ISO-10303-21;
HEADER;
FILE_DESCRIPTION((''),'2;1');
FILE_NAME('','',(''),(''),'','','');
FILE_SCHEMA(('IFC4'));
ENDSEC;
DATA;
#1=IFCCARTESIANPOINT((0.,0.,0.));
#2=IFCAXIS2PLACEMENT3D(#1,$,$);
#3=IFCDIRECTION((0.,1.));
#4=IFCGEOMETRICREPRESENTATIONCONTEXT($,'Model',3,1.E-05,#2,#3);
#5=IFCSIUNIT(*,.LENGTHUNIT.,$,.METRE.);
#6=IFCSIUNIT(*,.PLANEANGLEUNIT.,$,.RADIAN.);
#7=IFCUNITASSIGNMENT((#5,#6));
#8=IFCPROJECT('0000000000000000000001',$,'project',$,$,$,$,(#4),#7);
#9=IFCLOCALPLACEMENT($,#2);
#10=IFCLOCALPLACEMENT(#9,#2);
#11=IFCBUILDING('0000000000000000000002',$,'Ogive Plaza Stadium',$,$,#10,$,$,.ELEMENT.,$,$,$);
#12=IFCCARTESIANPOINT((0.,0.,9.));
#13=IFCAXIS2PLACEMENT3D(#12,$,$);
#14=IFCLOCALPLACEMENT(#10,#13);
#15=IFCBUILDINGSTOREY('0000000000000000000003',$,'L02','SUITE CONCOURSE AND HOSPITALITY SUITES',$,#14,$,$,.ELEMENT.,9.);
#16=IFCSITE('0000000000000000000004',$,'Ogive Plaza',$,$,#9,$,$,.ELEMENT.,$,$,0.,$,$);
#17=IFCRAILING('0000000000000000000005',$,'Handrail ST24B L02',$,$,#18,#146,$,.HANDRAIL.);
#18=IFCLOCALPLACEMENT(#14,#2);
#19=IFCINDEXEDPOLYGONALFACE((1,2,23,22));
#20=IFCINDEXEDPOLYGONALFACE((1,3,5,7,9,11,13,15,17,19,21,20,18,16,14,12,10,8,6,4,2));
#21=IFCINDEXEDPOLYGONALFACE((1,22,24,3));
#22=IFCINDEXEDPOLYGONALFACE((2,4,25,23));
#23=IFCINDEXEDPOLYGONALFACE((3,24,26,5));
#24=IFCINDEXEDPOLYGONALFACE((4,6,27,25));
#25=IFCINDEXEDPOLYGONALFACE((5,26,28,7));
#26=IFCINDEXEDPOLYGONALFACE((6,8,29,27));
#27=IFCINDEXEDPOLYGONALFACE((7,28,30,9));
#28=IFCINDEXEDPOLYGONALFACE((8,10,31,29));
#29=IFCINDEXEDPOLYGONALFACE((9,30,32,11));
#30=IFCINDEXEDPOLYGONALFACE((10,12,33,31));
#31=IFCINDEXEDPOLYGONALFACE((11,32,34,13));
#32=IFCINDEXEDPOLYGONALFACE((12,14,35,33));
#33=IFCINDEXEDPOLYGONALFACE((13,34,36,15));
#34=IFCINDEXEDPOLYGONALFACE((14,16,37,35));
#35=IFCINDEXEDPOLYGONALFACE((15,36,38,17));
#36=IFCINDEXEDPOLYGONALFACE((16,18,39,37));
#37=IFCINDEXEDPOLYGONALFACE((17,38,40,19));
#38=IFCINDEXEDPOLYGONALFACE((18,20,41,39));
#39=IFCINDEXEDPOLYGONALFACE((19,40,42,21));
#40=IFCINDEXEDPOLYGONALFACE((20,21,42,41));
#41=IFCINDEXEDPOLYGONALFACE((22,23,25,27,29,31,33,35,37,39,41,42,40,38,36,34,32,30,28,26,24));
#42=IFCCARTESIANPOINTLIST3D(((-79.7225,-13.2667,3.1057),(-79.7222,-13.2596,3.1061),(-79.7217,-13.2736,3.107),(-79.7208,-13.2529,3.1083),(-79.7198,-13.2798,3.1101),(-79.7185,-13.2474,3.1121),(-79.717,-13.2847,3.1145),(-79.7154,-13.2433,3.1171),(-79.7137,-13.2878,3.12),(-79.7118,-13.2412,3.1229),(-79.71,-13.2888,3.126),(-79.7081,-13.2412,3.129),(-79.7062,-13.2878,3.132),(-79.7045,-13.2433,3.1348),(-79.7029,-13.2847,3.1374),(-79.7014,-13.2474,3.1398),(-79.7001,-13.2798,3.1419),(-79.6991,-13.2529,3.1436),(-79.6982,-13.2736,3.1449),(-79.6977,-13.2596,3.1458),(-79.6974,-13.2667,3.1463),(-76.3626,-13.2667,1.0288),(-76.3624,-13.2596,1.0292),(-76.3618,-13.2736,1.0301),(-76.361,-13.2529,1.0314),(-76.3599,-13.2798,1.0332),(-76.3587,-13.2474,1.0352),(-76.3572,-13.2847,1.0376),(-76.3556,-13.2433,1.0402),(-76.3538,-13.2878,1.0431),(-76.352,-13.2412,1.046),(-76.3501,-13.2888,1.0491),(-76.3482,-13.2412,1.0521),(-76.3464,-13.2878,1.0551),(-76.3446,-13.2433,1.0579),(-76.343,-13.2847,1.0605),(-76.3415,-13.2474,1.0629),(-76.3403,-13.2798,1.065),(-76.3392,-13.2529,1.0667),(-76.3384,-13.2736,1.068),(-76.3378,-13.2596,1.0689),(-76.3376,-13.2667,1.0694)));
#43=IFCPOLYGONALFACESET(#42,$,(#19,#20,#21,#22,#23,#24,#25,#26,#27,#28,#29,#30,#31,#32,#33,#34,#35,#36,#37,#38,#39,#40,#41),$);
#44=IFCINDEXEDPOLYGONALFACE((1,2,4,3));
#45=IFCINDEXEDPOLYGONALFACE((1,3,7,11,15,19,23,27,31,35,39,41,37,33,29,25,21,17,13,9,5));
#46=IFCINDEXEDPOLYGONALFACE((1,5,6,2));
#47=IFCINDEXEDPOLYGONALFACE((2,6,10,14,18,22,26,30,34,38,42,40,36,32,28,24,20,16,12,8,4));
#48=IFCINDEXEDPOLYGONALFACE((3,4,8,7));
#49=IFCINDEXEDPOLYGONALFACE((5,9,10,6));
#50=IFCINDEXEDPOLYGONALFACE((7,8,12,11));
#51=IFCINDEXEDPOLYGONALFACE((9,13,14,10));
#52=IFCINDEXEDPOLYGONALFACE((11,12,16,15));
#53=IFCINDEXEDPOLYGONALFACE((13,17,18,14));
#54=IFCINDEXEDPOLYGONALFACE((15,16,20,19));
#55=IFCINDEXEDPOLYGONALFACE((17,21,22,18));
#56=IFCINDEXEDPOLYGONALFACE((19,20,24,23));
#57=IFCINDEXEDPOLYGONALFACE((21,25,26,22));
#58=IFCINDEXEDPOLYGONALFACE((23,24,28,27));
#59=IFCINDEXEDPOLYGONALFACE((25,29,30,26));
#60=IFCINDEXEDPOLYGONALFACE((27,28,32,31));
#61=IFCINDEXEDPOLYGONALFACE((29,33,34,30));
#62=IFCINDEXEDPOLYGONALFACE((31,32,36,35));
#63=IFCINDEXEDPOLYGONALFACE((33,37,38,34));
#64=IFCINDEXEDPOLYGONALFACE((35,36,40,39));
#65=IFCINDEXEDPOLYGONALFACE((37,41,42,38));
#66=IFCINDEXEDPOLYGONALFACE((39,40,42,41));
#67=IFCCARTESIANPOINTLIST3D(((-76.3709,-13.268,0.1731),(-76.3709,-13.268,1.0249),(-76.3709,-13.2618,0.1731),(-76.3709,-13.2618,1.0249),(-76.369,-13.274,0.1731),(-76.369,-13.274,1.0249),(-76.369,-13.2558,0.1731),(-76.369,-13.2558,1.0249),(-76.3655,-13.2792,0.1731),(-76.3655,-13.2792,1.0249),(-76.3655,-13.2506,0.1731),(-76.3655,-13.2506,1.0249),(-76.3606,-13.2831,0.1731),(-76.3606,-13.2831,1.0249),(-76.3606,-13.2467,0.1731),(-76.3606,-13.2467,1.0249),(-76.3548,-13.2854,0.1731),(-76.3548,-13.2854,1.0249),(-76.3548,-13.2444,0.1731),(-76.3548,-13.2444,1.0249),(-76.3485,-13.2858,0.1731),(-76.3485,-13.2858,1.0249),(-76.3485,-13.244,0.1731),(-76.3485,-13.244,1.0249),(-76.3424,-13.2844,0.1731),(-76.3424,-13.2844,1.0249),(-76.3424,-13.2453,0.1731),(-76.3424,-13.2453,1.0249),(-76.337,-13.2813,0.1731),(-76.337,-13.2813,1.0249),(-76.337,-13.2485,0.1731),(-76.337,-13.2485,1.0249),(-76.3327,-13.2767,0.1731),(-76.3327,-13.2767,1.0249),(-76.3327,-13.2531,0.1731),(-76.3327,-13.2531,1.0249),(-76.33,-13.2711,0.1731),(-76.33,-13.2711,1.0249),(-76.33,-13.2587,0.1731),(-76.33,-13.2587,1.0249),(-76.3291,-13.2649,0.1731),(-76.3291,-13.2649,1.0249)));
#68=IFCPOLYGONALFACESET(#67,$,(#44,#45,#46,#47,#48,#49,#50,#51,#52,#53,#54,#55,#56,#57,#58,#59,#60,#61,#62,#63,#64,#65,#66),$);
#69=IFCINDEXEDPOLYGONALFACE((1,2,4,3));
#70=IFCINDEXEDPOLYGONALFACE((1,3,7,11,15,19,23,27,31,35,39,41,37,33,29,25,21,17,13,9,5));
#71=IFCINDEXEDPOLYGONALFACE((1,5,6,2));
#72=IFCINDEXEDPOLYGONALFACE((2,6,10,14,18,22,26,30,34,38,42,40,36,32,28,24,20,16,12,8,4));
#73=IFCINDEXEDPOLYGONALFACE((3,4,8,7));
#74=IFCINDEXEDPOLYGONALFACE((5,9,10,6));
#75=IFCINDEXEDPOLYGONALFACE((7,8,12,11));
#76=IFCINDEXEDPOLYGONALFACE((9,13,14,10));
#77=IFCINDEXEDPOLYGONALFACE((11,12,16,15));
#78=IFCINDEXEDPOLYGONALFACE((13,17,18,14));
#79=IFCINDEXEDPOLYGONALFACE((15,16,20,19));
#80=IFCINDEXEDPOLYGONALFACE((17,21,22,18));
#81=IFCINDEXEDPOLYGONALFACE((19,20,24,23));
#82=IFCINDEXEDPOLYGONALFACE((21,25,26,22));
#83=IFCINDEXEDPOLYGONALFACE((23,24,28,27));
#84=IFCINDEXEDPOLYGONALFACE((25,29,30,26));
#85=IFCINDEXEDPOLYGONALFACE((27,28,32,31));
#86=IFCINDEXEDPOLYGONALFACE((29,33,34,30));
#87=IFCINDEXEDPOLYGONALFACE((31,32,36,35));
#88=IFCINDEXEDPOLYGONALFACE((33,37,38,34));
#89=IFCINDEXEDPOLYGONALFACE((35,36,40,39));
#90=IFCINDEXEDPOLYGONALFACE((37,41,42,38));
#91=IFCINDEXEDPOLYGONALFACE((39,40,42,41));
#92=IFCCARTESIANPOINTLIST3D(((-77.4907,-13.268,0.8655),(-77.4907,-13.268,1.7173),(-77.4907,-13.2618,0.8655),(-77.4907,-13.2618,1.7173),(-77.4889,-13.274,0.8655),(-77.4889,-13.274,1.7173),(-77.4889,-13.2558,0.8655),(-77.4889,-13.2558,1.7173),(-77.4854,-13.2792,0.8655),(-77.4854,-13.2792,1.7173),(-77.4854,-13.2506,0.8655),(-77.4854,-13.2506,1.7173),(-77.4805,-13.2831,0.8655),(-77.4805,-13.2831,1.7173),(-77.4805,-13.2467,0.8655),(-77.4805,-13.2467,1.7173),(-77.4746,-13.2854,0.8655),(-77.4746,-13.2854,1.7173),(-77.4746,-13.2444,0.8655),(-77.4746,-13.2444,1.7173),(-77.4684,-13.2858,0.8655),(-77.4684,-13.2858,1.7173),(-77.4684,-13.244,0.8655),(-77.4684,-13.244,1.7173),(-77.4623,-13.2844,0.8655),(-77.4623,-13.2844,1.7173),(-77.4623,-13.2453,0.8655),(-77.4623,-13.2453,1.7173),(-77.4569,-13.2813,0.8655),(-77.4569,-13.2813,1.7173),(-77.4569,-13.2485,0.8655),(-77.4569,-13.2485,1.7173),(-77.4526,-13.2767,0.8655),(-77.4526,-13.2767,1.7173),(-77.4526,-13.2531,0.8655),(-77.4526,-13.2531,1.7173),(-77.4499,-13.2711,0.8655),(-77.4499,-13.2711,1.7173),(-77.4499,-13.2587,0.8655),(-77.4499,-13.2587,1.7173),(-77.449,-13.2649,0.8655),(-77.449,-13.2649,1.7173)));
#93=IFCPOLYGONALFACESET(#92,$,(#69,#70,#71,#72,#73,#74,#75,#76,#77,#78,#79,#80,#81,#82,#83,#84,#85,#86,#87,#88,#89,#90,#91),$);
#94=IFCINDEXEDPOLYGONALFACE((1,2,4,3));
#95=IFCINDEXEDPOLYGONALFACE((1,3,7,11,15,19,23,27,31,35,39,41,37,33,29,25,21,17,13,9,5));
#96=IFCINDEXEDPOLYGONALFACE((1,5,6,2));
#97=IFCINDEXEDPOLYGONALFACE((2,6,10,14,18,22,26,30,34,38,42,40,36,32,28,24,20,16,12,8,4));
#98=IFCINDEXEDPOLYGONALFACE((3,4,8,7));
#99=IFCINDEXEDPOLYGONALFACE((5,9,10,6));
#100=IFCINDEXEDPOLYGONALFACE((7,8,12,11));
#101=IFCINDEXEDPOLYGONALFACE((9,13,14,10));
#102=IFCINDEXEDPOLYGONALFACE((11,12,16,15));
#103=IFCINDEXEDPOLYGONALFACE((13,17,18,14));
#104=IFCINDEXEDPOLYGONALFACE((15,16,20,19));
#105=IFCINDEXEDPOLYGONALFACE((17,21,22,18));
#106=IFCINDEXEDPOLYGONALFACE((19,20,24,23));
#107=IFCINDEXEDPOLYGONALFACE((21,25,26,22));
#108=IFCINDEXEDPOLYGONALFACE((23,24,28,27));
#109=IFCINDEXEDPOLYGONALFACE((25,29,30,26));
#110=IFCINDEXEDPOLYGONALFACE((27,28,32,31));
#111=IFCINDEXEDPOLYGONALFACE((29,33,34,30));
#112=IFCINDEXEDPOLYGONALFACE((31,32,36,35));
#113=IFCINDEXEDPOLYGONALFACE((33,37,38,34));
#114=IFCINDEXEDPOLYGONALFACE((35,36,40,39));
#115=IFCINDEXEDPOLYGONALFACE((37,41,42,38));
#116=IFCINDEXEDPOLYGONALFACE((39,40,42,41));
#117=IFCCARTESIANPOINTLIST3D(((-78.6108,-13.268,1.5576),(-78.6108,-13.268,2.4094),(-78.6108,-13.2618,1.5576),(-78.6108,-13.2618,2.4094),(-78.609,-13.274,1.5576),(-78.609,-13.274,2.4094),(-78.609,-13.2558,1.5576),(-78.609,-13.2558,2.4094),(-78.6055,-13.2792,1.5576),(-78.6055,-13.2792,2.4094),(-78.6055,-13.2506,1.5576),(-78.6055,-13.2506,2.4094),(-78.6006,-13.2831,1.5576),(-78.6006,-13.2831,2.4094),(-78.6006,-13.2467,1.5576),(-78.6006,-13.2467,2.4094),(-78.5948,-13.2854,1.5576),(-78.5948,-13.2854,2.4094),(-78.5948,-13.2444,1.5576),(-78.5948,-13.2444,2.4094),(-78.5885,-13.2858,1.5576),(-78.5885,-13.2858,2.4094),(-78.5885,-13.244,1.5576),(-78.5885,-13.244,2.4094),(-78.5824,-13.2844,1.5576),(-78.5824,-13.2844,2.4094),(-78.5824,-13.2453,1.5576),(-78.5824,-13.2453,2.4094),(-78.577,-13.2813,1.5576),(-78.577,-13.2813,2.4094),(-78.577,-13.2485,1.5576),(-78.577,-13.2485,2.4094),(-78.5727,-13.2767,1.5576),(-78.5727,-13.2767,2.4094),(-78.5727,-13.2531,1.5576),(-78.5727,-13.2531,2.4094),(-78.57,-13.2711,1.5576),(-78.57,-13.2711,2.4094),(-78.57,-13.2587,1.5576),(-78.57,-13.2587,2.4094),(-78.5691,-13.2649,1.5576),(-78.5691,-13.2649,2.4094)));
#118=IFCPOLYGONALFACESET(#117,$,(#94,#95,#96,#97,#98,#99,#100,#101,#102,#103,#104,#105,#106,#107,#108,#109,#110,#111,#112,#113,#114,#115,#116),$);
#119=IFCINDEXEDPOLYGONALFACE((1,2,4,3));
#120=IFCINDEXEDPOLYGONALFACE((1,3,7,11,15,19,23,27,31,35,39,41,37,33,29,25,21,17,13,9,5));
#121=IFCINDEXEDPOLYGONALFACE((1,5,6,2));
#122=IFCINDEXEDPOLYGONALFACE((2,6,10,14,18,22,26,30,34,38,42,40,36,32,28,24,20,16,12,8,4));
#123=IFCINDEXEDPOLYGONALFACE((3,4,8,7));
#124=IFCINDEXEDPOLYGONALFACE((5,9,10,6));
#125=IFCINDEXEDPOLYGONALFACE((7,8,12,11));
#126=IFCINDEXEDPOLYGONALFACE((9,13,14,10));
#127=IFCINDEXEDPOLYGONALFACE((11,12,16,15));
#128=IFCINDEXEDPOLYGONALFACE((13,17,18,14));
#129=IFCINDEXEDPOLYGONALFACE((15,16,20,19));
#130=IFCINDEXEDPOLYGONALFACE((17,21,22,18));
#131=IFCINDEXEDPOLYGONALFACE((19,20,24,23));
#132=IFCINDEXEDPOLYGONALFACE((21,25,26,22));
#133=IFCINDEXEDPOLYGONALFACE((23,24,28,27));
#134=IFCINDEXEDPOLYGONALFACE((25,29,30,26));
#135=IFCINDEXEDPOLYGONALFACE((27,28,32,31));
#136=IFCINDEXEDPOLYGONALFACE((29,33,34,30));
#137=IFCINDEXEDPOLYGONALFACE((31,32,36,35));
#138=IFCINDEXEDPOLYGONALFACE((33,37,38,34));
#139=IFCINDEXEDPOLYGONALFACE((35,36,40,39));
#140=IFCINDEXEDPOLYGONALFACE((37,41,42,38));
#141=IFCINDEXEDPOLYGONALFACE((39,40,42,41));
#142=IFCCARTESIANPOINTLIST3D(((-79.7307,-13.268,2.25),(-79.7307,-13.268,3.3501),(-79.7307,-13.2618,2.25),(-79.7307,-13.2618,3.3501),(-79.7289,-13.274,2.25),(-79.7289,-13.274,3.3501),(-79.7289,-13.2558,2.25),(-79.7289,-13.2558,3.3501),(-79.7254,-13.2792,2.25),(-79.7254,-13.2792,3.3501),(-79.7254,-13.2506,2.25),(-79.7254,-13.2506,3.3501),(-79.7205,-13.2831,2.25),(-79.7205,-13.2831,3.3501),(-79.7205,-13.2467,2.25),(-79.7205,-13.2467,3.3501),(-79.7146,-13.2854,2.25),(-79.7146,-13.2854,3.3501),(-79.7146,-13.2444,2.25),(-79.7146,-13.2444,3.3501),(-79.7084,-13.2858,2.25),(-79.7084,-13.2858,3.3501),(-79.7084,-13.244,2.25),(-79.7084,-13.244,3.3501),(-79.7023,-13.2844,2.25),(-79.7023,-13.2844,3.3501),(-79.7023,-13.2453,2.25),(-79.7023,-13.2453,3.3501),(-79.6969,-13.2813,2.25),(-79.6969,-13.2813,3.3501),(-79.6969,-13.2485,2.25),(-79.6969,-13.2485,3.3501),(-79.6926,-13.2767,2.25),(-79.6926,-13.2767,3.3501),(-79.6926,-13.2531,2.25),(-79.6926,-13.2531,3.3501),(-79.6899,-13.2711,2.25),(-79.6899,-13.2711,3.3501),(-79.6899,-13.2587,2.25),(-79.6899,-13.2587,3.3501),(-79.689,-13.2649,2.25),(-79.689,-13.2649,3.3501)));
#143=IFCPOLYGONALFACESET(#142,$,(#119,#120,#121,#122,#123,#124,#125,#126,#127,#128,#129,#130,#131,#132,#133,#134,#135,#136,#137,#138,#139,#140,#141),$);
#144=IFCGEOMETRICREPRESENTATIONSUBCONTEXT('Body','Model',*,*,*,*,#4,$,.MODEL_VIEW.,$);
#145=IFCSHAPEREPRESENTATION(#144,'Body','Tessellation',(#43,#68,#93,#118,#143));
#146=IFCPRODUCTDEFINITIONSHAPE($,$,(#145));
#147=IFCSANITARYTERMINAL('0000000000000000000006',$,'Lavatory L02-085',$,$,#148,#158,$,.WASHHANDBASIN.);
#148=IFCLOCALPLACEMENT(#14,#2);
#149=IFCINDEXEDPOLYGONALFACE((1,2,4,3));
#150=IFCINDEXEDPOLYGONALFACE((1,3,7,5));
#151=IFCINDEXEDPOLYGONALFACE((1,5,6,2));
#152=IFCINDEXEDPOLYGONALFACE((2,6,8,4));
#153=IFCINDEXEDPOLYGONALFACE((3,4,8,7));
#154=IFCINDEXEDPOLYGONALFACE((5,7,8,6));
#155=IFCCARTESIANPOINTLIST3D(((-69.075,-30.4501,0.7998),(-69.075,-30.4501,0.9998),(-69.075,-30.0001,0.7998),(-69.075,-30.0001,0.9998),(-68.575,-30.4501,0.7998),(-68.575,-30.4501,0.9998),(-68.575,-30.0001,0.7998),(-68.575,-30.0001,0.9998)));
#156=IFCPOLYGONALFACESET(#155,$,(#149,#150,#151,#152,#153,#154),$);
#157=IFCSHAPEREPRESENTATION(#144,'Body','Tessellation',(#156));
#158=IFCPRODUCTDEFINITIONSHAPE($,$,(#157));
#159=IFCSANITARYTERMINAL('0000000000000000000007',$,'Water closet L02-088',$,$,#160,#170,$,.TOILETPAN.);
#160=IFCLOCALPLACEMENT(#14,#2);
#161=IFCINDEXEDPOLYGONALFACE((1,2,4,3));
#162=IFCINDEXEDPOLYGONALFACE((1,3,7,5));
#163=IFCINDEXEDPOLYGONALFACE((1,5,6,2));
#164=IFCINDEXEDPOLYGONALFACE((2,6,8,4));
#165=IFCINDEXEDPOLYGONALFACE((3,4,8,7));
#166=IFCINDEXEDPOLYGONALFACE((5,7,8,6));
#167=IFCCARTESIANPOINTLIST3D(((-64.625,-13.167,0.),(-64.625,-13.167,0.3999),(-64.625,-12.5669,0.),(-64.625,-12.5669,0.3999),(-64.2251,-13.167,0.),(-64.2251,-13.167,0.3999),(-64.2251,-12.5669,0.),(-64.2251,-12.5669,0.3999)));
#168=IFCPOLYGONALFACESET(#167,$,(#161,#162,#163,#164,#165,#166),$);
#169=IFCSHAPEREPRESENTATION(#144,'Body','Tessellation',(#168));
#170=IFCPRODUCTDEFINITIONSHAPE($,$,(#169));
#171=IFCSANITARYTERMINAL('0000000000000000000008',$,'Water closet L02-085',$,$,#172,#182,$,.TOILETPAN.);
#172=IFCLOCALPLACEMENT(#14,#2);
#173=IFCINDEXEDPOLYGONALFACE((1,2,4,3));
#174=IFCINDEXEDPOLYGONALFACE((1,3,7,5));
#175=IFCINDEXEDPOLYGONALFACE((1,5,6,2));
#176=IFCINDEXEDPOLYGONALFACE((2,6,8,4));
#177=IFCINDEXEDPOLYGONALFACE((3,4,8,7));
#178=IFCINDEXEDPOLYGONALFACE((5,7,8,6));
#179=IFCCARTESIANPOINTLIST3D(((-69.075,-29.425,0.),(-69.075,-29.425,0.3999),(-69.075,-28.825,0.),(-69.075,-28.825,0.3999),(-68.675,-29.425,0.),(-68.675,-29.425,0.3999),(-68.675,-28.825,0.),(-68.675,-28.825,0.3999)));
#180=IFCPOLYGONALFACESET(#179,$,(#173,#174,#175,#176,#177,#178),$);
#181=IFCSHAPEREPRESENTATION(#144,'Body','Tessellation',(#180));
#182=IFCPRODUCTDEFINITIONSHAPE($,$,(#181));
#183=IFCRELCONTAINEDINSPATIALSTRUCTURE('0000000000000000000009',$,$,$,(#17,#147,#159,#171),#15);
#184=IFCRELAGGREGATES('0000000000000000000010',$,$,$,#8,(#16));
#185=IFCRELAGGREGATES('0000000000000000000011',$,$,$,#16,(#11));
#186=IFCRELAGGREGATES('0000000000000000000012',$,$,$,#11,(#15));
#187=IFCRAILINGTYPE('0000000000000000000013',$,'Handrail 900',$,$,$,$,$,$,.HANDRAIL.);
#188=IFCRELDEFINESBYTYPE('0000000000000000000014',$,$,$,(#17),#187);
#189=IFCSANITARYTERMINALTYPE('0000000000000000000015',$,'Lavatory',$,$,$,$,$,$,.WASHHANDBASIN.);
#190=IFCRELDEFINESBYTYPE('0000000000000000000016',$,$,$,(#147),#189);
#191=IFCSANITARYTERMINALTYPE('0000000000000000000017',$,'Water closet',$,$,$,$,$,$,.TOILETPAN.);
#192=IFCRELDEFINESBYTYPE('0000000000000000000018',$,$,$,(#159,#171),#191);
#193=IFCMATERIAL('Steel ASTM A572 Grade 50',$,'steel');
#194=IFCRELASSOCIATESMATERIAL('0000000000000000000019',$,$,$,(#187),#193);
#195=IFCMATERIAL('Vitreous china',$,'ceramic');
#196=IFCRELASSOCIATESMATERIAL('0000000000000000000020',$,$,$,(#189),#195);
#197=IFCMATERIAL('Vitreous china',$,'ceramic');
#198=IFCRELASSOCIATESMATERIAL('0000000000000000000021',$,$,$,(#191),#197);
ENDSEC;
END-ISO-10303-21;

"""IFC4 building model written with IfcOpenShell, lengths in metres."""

from ifc_helpers import new_model, si_unit, direction, frame, origin, origin_2d, place, context, subcontext, project, spatial, rectangle, circle, extrude, material, type_object, element, save


model = new_model("IFC4")

# Units and contexts
model_context = context("Model", 3, precision=1e-05, world=origin(), true_north=direction((0.0, 1.0)))
body_context = subcontext(model_context, "Body", "Model", "MODEL_VIEW")
ifc_project = project(units=[si_unit("LENGTHUNIT", "METRE"), si_unit("PLANEANGLEUNIT", "RADIAN")], contexts=[model_context])

# Site, building, storey
site_placement = place(None, origin())
site = spatial("IfcSite", under=ifc_project, at=site_placement, Name="Ogive Plaza", CompositionType="ELEMENT", RefElevation=0.0)
building_placement = place(site_placement, origin())
building = spatial("IfcBuilding", under=site, at=building_placement, Name="Ogive Plaza Stadium", CompositionType="ELEMENT")
storey_placement = place(building_placement, frame((0.0, 0.0, 9.0)))
storey = spatial("IfcBuildingStorey", under=building, at=storey_placement, Name="L02", Description="SUITE CONCOURSE AND HOSPITALITY SUITES", CompositionType="ELEMENT", Elevation=9.0)

# Railing
ifc_material_1 = material(Name="Steel ASTM A572 Grade 50", Category="steel")
railing_type_1 = type_object("IfcRailingType", Name="Handrail 900", PredefinedType="HANDRAIL", material=ifc_material_1)
for number, where, name in (
    (1, (-76.3501, -13.2649, 0.1731), "Handrail ST24B L02"),
):
    element("IfcRailing", number, at=place(storey_placement, frame(where)), inside=storey, type_object=railing_type_1, Name=name, PredefinedType="HANDRAIL", context=body_context, shape_type="SweptSolid", body=[
        extrude(circle(Radius=0.0239, at=origin_2d()), frame((0.0, 0.0, 0.876), z_axis=(-0.850606, 0.0, 0.525803), x_axis=(0.0, -1.0, 0.0)), (0.0, 0.0, 1.0), 3.95),
        extrude(circle(Radius=0.021, at=origin_2d()), origin(), (0.0, 0.0, 1.0), 0.8518),
        extrude(circle(Radius=0.021, at=origin_2d()), frame((-1.1199, 0.0, 0.6924)), (0.0, 0.0, 1.0), 0.8518),
        extrude(circle(Radius=0.021, at=origin_2d()), frame((-2.24, 0.0, 1.3845)), (0.0, 0.0, 1.0), 0.8518),
        extrude(circle(Radius=0.021, at=origin_2d()), frame((-3.3599, 0.0, 2.0769)), (0.0, 0.0, 1.0), 1.1001),
    ])

# Sanitary terminals
ifc_material_2 = material(Name="Vitreous china", Category="ceramic")
sanitary_terminal_type_1 = type_object("IfcSanitaryTerminalType", Name="Lavatory", PredefinedType="WASHHANDBASIN", material=ifc_material_2)
sanitary_terminal_placement = place(storey_placement, frame((-68.825, -30.2251, 0.7998), z_axis=(0.0, 0.0, 1.0), x_axis=(1.0, 0.0, 0.0)))
element("IfcSanitaryTerminal", 2, at=sanitary_terminal_placement, inside=storey, type_object=sanitary_terminal_type_1, Name="Lavatory L02-085", PredefinedType="WASHHANDBASIN", context=body_context, shape_type="SweptSolid", body=[
    extrude(rectangle(XDim=0.5, YDim=0.45, at=origin_2d()), origin(), (0.0, 0.0, 1.0), 0.2),
])
ifc_material_3 = material(Name="Vitreous china", Category="ceramic")
sanitary_terminal_type_2 = type_object("IfcSanitaryTerminalType", Name="Water closet", PredefinedType="TOILETPAN", material=ifc_material_3)
for number, where, z_axis, x_axis, name in (
    (3, (-64.425, -12.8669, 0.0), (0.0, 0.0, 1.0), (-1.0, 0.0, 0.0), "Water closet L02-088"),
    (4, (-68.875, -29.125, 0.0), (0.0, 0.0, 1.0), (1.0, 0.0, 0.0), "Water closet L02-085"),
):
    element("IfcSanitaryTerminal", number, at=place(storey_placement, frame(where, z_axis=z_axis, x_axis=x_axis)), inside=storey, type_object=sanitary_terminal_type_2, Name=name, PredefinedType="TOILETPAN", context=body_context, shape_type="SweptSolid", body=[
        extrude(rectangle(XDim=0.3999, YDim=0.6001, at=origin_2d()), origin(), (0.0, 0.0, 1.0), 0.3999),
    ])

save(model, "model.ifc")
